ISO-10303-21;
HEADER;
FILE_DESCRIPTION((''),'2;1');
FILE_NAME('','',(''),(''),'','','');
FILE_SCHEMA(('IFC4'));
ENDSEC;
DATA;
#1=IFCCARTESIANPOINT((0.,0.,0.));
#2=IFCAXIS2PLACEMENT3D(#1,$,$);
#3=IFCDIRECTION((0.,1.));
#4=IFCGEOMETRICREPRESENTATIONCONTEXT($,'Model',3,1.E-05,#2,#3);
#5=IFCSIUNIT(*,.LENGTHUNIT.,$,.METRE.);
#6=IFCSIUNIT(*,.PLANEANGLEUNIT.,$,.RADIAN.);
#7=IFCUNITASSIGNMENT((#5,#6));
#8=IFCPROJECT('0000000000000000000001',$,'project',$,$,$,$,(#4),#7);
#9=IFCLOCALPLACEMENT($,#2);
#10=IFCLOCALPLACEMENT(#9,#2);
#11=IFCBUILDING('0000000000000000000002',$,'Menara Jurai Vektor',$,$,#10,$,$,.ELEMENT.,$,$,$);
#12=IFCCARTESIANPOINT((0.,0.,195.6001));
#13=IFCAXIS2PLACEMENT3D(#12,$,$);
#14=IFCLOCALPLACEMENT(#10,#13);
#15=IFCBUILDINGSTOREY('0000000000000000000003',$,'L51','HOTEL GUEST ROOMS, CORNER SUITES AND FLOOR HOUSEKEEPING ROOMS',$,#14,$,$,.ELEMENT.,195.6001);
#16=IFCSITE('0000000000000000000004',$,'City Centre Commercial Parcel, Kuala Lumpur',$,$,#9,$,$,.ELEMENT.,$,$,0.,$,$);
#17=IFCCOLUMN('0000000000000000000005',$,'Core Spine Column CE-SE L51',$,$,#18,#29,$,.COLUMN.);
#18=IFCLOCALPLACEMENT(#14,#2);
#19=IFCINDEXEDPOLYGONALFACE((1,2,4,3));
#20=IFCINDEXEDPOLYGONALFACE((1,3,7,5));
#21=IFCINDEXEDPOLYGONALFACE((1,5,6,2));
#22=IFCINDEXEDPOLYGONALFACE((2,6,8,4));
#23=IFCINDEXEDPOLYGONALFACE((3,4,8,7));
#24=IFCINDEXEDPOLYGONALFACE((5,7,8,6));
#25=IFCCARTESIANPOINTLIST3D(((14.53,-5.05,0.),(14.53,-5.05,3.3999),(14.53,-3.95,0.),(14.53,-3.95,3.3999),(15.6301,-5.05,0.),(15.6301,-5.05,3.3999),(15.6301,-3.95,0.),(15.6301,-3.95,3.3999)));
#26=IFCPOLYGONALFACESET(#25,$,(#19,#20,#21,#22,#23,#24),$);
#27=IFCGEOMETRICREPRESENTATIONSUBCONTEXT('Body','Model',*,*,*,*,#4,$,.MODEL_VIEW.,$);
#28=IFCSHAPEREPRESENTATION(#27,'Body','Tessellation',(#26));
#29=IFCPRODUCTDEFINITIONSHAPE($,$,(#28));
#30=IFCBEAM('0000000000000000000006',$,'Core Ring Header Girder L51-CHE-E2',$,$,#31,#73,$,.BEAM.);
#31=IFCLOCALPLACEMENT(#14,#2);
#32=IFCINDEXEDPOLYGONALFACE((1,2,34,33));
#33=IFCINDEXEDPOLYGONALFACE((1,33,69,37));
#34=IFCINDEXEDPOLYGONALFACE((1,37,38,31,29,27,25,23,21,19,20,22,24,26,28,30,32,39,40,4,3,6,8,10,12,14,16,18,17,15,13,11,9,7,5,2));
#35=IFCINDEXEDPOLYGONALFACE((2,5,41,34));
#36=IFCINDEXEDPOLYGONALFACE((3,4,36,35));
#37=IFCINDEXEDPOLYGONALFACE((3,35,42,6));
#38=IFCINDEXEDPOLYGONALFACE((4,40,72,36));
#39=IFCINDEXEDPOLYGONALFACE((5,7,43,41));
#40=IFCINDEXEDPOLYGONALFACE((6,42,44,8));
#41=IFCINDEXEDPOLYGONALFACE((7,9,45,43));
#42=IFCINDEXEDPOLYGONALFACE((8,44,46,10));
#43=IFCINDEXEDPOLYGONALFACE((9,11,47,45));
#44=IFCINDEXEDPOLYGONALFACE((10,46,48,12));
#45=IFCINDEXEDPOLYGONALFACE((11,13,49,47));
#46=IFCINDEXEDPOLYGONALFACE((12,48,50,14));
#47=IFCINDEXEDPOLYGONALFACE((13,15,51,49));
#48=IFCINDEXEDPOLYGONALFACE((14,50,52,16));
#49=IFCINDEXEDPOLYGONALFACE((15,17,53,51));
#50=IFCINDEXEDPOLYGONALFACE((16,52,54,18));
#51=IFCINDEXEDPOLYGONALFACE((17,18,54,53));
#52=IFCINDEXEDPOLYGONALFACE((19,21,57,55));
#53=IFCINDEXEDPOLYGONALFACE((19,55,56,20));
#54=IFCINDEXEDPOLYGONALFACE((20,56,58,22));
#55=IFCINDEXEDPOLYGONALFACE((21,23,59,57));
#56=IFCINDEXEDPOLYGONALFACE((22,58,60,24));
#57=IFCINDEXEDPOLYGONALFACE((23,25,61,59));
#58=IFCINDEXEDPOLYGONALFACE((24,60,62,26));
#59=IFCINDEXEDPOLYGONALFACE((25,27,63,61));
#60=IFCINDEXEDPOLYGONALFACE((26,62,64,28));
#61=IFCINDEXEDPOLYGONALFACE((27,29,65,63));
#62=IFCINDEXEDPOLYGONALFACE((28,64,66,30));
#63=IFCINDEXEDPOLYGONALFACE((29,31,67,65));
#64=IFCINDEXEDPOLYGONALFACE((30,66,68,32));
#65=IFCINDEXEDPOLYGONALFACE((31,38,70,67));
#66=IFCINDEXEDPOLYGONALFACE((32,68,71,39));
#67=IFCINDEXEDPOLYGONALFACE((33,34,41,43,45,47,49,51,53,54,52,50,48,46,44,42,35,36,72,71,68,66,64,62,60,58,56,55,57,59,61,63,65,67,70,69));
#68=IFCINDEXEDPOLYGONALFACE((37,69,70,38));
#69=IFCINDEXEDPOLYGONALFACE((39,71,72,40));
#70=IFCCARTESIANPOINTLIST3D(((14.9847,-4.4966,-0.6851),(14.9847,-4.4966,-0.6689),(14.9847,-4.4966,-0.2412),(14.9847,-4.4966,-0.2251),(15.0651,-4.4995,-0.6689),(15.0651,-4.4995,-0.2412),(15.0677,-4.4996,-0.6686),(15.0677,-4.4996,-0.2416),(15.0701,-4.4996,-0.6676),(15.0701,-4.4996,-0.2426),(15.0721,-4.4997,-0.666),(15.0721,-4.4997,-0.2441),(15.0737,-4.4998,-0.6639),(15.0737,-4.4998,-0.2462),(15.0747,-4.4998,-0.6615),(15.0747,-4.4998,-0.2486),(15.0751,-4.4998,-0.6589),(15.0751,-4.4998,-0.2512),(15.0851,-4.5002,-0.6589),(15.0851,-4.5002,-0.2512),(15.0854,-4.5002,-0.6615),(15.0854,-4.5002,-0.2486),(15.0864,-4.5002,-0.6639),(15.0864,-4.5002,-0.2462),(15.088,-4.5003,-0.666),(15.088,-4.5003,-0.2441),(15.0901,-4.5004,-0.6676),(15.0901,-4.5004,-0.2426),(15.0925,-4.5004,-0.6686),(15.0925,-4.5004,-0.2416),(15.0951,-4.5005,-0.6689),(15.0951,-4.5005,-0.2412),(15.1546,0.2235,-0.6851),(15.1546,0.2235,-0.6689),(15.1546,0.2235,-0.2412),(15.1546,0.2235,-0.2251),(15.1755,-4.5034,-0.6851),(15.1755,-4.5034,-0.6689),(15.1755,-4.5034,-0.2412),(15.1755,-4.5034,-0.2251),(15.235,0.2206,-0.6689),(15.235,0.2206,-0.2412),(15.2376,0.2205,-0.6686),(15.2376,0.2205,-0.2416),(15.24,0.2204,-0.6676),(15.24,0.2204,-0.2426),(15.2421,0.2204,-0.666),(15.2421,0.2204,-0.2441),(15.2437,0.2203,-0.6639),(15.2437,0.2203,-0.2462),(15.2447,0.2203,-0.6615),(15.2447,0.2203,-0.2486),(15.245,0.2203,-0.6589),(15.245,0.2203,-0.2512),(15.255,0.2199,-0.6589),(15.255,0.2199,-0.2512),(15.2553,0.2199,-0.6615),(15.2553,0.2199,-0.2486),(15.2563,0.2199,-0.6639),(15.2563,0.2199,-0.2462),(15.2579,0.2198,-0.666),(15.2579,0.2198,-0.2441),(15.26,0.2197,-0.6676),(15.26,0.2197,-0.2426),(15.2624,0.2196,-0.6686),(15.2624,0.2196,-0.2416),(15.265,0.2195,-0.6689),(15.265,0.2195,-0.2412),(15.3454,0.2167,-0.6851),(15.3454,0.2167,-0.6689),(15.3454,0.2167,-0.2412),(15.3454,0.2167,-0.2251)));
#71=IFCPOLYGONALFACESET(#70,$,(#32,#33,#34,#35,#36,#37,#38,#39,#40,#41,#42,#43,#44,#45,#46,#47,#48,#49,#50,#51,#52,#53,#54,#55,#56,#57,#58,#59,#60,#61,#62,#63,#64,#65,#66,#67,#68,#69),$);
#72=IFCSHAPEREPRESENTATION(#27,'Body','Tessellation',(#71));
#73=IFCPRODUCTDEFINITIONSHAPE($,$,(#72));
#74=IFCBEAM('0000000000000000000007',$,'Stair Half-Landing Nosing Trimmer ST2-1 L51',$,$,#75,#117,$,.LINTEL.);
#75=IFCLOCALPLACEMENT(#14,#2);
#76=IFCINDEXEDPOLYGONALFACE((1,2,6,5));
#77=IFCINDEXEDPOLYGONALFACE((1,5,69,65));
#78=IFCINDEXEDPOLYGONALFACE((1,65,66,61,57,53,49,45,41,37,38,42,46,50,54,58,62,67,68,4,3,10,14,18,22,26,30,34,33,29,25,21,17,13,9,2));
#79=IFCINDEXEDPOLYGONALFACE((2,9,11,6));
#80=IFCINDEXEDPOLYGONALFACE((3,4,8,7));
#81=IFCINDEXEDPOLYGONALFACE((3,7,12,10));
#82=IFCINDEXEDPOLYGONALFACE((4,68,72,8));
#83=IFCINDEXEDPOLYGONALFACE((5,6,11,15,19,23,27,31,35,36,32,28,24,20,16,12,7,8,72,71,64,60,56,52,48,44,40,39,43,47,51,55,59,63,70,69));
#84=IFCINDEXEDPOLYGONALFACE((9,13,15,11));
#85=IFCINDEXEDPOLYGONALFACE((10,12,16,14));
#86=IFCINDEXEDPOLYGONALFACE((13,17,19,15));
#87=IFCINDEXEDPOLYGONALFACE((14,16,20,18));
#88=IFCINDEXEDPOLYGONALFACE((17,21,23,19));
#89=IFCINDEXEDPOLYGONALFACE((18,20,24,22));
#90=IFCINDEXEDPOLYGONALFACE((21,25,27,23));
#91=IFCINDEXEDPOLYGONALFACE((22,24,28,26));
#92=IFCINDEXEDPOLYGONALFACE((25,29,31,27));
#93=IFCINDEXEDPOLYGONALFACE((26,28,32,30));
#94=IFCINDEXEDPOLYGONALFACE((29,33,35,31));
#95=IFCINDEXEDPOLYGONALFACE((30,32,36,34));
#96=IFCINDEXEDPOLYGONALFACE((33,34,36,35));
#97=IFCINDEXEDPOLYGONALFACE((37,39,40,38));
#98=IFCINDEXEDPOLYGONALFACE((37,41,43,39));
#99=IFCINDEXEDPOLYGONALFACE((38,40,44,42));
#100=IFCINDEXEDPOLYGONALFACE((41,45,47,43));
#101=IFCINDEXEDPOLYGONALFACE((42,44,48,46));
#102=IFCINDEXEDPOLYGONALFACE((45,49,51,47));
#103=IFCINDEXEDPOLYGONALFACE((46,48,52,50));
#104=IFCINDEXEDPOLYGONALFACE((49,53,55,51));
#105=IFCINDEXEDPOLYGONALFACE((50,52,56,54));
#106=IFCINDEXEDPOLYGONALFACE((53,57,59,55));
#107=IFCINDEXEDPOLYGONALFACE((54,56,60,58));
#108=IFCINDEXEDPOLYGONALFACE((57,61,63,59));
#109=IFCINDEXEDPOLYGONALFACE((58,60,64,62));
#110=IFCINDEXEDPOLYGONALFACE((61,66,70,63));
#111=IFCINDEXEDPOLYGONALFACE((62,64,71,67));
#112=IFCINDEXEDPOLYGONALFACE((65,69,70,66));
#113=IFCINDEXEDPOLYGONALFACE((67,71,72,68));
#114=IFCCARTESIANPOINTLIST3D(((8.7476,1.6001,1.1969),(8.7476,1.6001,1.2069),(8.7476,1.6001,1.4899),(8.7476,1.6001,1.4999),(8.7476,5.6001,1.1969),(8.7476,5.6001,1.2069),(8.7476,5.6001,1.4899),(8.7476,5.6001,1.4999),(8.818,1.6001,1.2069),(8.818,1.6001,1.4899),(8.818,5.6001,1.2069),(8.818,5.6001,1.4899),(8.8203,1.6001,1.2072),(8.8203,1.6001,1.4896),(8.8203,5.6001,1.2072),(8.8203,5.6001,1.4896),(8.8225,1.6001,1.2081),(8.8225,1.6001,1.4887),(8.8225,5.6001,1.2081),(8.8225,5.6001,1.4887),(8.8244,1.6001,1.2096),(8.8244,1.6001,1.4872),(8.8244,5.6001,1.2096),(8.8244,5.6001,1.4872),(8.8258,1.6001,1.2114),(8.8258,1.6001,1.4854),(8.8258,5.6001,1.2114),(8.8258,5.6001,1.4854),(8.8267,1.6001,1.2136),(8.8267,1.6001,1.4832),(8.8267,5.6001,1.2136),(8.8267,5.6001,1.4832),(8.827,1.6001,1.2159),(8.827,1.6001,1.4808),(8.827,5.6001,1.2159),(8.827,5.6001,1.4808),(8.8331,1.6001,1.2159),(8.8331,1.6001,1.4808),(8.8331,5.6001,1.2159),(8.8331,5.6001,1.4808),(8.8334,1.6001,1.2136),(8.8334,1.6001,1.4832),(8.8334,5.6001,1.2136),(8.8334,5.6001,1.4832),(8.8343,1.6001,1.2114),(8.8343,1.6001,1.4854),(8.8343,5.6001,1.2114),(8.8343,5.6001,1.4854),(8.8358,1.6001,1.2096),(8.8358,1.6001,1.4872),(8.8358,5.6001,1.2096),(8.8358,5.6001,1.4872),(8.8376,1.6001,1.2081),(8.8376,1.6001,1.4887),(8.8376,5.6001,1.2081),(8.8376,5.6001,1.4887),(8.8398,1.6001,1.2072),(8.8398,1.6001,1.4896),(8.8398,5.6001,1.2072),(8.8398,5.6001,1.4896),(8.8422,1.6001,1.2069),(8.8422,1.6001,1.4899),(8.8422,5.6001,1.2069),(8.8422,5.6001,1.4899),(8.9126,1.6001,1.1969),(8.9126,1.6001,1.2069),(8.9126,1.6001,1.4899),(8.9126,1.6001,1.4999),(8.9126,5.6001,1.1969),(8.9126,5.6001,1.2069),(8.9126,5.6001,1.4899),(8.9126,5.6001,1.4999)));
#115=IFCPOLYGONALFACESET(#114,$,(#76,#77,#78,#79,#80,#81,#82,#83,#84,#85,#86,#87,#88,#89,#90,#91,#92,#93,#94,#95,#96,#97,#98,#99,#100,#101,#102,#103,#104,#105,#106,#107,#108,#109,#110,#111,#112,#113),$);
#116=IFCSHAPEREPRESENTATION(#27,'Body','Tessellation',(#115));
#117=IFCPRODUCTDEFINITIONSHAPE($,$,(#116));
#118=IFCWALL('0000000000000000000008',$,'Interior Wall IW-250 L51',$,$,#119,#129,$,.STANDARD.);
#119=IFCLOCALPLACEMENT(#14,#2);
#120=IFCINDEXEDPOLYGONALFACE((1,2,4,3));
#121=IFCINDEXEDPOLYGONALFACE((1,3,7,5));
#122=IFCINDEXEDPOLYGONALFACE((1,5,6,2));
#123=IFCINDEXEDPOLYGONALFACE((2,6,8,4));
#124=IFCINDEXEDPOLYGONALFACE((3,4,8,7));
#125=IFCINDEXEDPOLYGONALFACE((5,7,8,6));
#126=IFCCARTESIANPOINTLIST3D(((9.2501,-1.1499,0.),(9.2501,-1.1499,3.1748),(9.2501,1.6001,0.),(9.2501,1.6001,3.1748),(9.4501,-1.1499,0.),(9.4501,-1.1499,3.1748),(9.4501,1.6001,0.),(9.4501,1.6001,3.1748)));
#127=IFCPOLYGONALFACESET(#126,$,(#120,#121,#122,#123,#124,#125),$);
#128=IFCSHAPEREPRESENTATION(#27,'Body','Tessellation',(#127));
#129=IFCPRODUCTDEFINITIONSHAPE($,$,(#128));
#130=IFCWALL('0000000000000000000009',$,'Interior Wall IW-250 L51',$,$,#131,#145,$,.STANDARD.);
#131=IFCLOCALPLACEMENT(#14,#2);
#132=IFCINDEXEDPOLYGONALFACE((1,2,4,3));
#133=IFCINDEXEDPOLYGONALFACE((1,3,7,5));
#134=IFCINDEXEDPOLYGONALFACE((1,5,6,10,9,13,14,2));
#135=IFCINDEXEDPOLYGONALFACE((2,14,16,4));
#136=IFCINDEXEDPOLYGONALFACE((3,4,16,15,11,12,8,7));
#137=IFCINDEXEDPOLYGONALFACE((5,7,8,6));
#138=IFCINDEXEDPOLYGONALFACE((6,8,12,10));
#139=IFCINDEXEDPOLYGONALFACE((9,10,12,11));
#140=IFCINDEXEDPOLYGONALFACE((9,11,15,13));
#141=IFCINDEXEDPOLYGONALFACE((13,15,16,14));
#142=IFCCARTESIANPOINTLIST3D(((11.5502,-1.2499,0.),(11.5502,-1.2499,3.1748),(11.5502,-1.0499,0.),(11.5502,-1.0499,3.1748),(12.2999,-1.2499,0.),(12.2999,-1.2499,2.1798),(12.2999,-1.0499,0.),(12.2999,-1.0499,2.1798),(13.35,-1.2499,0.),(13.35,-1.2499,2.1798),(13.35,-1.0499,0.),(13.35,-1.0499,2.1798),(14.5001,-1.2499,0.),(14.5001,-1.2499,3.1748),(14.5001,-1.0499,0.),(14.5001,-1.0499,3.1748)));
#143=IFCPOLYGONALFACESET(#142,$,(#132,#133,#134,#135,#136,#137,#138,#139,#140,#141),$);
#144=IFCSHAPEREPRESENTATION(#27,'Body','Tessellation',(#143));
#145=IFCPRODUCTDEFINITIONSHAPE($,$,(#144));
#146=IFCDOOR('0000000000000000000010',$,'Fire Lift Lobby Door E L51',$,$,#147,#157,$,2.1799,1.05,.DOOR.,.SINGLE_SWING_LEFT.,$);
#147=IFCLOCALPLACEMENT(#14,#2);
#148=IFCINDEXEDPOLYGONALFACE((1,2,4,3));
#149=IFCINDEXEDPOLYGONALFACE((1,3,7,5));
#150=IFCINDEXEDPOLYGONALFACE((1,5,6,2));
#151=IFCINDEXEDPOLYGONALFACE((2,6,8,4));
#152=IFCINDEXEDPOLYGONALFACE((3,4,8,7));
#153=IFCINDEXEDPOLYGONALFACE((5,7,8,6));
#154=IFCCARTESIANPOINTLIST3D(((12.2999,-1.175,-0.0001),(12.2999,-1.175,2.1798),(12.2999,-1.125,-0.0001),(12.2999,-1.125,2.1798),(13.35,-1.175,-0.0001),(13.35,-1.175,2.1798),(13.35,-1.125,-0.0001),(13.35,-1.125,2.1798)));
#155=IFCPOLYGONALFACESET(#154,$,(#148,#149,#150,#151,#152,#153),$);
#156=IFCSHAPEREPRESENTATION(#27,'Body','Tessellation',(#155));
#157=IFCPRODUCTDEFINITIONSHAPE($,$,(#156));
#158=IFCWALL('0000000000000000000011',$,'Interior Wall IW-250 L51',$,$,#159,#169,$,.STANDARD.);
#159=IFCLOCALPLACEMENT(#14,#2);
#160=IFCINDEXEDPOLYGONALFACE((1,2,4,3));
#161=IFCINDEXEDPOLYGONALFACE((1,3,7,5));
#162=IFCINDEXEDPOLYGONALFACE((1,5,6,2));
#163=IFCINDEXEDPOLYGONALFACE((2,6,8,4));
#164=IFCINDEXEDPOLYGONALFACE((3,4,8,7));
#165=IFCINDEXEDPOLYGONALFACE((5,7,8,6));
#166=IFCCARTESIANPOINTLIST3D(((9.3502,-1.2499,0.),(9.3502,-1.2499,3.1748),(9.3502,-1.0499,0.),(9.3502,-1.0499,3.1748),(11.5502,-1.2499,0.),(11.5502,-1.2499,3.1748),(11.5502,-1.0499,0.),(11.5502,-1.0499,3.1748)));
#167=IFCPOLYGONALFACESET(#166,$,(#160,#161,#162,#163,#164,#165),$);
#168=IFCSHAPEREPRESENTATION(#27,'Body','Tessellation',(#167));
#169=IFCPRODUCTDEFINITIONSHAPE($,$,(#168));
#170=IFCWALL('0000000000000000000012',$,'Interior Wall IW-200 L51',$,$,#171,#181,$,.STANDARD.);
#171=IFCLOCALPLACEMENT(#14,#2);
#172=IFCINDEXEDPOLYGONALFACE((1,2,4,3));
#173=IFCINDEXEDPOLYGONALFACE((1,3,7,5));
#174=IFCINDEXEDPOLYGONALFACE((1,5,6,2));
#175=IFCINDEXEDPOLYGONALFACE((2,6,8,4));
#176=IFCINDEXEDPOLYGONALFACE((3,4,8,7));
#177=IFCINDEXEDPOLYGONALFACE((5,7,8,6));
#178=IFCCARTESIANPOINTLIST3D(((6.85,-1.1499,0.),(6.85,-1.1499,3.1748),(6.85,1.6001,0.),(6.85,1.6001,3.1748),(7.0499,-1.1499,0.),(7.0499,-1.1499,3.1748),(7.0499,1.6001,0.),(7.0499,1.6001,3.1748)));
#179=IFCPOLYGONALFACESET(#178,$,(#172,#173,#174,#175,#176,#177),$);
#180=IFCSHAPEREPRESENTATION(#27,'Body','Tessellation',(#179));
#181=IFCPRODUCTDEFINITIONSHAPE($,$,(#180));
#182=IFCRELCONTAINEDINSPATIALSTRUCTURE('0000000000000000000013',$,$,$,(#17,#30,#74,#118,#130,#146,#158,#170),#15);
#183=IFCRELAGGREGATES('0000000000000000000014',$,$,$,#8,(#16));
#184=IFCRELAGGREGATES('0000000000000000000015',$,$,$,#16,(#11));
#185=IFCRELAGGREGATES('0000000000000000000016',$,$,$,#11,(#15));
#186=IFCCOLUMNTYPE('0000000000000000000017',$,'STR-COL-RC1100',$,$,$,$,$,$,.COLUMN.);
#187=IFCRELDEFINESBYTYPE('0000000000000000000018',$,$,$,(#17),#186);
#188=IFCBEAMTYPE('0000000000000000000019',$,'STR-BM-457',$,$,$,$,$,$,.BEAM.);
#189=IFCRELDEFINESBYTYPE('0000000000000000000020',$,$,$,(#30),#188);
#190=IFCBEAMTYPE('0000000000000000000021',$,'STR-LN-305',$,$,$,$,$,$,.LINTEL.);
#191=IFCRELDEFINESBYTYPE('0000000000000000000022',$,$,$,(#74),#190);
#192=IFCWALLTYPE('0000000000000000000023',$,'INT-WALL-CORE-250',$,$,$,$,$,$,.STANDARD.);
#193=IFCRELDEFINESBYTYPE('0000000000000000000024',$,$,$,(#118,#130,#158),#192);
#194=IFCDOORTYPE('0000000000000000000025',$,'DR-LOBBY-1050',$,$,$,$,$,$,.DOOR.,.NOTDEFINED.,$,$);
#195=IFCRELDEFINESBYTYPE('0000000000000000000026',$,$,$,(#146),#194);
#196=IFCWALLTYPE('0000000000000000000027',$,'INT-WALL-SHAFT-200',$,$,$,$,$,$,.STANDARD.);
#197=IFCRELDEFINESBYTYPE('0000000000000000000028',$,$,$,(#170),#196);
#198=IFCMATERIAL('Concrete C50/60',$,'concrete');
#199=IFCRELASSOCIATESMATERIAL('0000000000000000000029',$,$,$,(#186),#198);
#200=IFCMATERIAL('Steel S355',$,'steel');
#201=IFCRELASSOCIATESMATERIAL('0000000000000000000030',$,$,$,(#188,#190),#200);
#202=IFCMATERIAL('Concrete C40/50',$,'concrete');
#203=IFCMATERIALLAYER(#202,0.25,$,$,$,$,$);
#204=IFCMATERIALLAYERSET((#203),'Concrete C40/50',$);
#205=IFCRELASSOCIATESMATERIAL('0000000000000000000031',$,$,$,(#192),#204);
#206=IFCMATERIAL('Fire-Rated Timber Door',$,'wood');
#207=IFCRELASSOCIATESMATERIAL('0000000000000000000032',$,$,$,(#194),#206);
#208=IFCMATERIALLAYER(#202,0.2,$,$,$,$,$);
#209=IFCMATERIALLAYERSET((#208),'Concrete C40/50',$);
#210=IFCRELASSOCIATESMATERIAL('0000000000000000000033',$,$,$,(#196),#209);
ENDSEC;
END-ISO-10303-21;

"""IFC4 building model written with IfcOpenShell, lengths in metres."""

from ifc_helpers import new_model, si_unit, direction, frame, frame_2d, origin, origin_2d, place, context, subcontext, project, spatial, rectangle, i_section, extrude, material, layer, layer_set, material_profile, profile_set, type_object, element, fill, save


model = new_model("IFC4")

# Units and contexts
model_context = context("Model", 3, precision=1e-05, world=origin(), true_north=direction((0.0, 1.0)))
body_context = subcontext(model_context, "Body", "Model", "MODEL_VIEW")
ifc_project = project(units=[si_unit("LENGTHUNIT", "METRE"), si_unit("PLANEANGLEUNIT", "RADIAN")], contexts=[model_context])

# Site, building, storey
site_placement = place(None, origin())
site = spatial("IfcSite", under=ifc_project, at=site_placement, Name="City Centre Commercial Parcel, Kuala Lumpur", CompositionType="ELEMENT", RefElevation=0.0)
building_placement = place(site_placement, origin())
building = spatial("IfcBuilding", under=site, at=building_placement, Name="Menara Jurai Vektor", CompositionType="ELEMENT")
storey_placement = place(building_placement, frame((0.0, 0.0, 195.6001)))
storey = spatial("IfcBuildingStorey", under=building, at=storey_placement, Name="L51", Description="HOTEL GUEST ROOMS, CORNER SUITES AND FLOOR HOUSEKEEPING ROOMS", CompositionType="ELEMENT", Elevation=195.6001)

# Column
ifc_material_1 = material(Name="Concrete C50/60", Category="concrete")
ifc_material_profile_1 = material_profile(ifc_material_1, rectangle(XDim=1.1001, YDim=1.1001, at=origin_2d()), Name="RC 1100x1100")
ifc_profile_set_1 = profile_set([ifc_material_profile_1], Name="Concrete C50/60")
column_type = type_object("IfcColumnType", Name="STR-COL-RC1100", PredefinedType="COLUMN", material=ifc_profile_set_1)
column_placement = place(storey_placement, frame((15.0801, -4.5, 0.0), z_axis=(0.0, 0.0, 1.0), x_axis=(1.0, 0.0, 0.0)))
element("IfcColumn", 1, at=column_placement, inside=storey, type_object=column_type, Name="Core Spine Column CE-SE L51", PredefinedType="COLUMN", context=body_context, shape_type="SweptSolid", body=[
    extrude(rectangle(XDim=1.1001, YDim=1.1001, at=origin_2d()), origin(), (0.0, 0.0, 1.0), 3.3999),
])

# Beams
ifc_material_2 = material(Name="Steel S355", Category="steel")
ifc_material_profile_2 = material_profile(ifc_material_2, i_section(OverallWidth=0.1909, OverallDepth=0.46, WebThickness=0.01, FlangeThickness=0.0161, FilletRadius=0.01, at=origin_2d()), Name="UKB 457x191x82")
ifc_profile_set_2 = profile_set([ifc_material_profile_2], Name="Steel S355")
beam_type_1 = type_object("IfcBeamType", Name="STR-BM-457", PredefinedType="BEAM", material=ifc_profile_set_2)
beam_1_placement = place(storey_placement, frame((15.0801, -4.5, -0.4551), z_axis=(0.035977, 0.999353, 0.0), x_axis=(-0.999353, 0.035977, 0.0)))
element("IfcBeam", 2, at=beam_1_placement, inside=storey, type_object=beam_type_1, Name="Core Ring Header Girder L51-CHE-E2", PredefinedType="BEAM", context=body_context, shape_type="SweptSolid", body=[
    extrude(i_section(OverallWidth=0.1909, OverallDepth=0.46, WebThickness=0.01, FlangeThickness=0.0161, FilletRadius=0.01, at=origin_2d()), origin(), (0.0, 0.0, 1.0), 4.7231),
])
ifc_material_profile_3 = material_profile(ifc_material_2, i_section(OverallWidth=0.165, OverallDepth=0.303, WebThickness=0.0061, FlangeThickness=0.01, FilletRadius=0.009, at=origin_2d()), Name="UKB 305x165x40")
ifc_profile_set_3 = profile_set([ifc_material_profile_3], Name="Steel S355")
beam_type_2 = type_object("IfcBeamType", Name="STR-LN-305", PredefinedType="LINTEL", material=ifc_profile_set_3)
beam_2_placement = place(storey_placement, frame((8.8301, 1.6001, 1.3484), z_axis=(0.0, 1.0, 0.0), x_axis=(-1.0, 0.0, 0.0)))
element("IfcBeam", 3, at=beam_2_placement, inside=storey, type_object=beam_type_2, Name="Stair Half-Landing Nosing Trimmer ST2-1 L51", PredefinedType="LINTEL", context=body_context, shape_type="SweptSolid", body=[
    extrude(i_section(OverallWidth=0.165, OverallDepth=0.303, WebThickness=0.0061, FlangeThickness=0.01, FilletRadius=0.009, at=origin_2d()), origin(), (0.0, 0.0, 1.0), 4.0),
])

# Shared definitions
ifc_material_3 = material(Name="Concrete C40/50", Category="concrete")
ifc_layer_1 = layer(ifc_material_3, 0.25)
ifc_layer_set_1 = layer_set([ifc_layer_1], Name="Concrete C40/50")
wall_type_1 = type_object("IfcWallType", Name="INT-WALL-CORE-250", PredefinedType="STANDARD", material=ifc_layer_set_1)

# Wall
wall_1_placement = place(storey_placement, frame((9.3501, -1.1499, 0.0), z_axis=(0.0, 0.0, 1.0), x_axis=(0.0, 1.0, 0.0)))
element("IfcWall", 4, at=wall_1_placement, inside=storey, type_object=wall_type_1, Name="Interior Wall IW-250 L51", PredefinedType="STANDARD", context=body_context, shape_type="SweptSolid", body=[
    extrude(rectangle(XDim=2.75, YDim=0.2, at=frame_2d((1.375, 0.0))), origin(), (0.0, 0.0, 1.0), 3.1748),
])

# Wall, opening, door
wall_2_placement = place(storey_placement, frame((11.55, -1.1499, 0.0), z_axis=(0.0, 0.0, 1.0), x_axis=(1.0, 0.0, 0.0)))
wall_2 = element("IfcWall", 5, at=wall_2_placement, inside=storey, type_object=wall_type_1, Name="Interior Wall IW-250 L51", PredefinedType="STANDARD", context=body_context, shape_type="SweptSolid", body=[
    extrude(rectangle(XDim=2.95, YDim=0.2, at=frame_2d((1.4751, 0.0))), origin(), (0.0, 0.0, 1.0), 3.1748),
])
opening_1_placement = place(wall_2_placement, frame((0.75, 0.0, 0.0)))
opening_1 = element("IfcOpeningElement", 6, at=opening_1_placement, cuts=wall_2, PredefinedType="OPENING", context=body_context, shape_type="SweptSolid", body=[
    extrude(rectangle(XDim=1.05, YDim=2.1799, at=frame_2d((0.5249, 1.0898))), frame((0.0, 0.1099, 0.0), z_axis=(0.0, -1.0, 0.0), x_axis=(1.0, 0.0, 0.0)), (0.0, 0.0, 1.0), 0.22),
])
ifc_material_4 = material(Name="Fire-Rated Timber Door", Category="wood")
door_type_1 = type_object("IfcDoorType", Name="DR-LOBBY-1050", OperationType="NOTDEFINED", PredefinedType="DOOR", material=ifc_material_4)
door_1_placement = place(opening_1_placement, origin())
door_1 = element("IfcDoor", 7, at=door_1_placement, inside=storey, type_object=door_type_1, Name="Fire Lift Lobby Door E L51", OperationType="SINGLE_SWING_LEFT", OverallHeight=2.1799, OverallWidth=1.05, PredefinedType="DOOR", context=body_context, shape_type="SweptSolid", body=[
    extrude(rectangle(XDim=1.05, YDim=2.1799, at=frame_2d((0.5249, 1.0898))), frame((0.0, 0.0249, 0.0), z_axis=(0.0, -1.0, 0.0), x_axis=(1.0, 0.0, 0.0)), (0.0, 0.0, 1.0), 0.05),
])
fill(opening_1, door_1)

# Walls
wall_3_placement = place(storey_placement, frame((9.3501, -1.1499, 0.0), z_axis=(0.0, 0.0, 1.0), x_axis=(1.0, 0.0, 0.0)))
element("IfcWall", 8, at=wall_3_placement, inside=storey, type_object=wall_type_1, Name="Interior Wall IW-250 L51", PredefinedType="STANDARD", context=body_context, shape_type="SweptSolid", body=[
    extrude(rectangle(XDim=2.2, YDim=0.2, at=frame_2d((1.1001, 0.0))), origin(), (0.0, 0.0, 1.0), 3.1748),
])
ifc_layer_2 = layer(ifc_material_3, 0.2)
ifc_layer_set_2 = layer_set([ifc_layer_2], Name="Concrete C40/50")
wall_type_2 = type_object("IfcWallType", Name="INT-WALL-SHAFT-200", PredefinedType="STANDARD", material=ifc_layer_set_2)
wall_4_placement = place(storey_placement, frame((6.95, -1.1499, 0.0), z_axis=(0.0, 0.0, 1.0), x_axis=(0.0, 1.0, 0.0)))
element("IfcWall", 9, at=wall_4_placement, inside=storey, type_object=wall_type_2, Name="Interior Wall IW-200 L51", PredefinedType="STANDARD", context=body_context, shape_type="SweptSolid", body=[
    extrude(rectangle(XDim=2.75, YDim=0.2, at=frame_2d((1.375, 0.0))), origin(), (0.0, 0.0, 1.0), 3.1748),
])

save(model, "model.ifc")
